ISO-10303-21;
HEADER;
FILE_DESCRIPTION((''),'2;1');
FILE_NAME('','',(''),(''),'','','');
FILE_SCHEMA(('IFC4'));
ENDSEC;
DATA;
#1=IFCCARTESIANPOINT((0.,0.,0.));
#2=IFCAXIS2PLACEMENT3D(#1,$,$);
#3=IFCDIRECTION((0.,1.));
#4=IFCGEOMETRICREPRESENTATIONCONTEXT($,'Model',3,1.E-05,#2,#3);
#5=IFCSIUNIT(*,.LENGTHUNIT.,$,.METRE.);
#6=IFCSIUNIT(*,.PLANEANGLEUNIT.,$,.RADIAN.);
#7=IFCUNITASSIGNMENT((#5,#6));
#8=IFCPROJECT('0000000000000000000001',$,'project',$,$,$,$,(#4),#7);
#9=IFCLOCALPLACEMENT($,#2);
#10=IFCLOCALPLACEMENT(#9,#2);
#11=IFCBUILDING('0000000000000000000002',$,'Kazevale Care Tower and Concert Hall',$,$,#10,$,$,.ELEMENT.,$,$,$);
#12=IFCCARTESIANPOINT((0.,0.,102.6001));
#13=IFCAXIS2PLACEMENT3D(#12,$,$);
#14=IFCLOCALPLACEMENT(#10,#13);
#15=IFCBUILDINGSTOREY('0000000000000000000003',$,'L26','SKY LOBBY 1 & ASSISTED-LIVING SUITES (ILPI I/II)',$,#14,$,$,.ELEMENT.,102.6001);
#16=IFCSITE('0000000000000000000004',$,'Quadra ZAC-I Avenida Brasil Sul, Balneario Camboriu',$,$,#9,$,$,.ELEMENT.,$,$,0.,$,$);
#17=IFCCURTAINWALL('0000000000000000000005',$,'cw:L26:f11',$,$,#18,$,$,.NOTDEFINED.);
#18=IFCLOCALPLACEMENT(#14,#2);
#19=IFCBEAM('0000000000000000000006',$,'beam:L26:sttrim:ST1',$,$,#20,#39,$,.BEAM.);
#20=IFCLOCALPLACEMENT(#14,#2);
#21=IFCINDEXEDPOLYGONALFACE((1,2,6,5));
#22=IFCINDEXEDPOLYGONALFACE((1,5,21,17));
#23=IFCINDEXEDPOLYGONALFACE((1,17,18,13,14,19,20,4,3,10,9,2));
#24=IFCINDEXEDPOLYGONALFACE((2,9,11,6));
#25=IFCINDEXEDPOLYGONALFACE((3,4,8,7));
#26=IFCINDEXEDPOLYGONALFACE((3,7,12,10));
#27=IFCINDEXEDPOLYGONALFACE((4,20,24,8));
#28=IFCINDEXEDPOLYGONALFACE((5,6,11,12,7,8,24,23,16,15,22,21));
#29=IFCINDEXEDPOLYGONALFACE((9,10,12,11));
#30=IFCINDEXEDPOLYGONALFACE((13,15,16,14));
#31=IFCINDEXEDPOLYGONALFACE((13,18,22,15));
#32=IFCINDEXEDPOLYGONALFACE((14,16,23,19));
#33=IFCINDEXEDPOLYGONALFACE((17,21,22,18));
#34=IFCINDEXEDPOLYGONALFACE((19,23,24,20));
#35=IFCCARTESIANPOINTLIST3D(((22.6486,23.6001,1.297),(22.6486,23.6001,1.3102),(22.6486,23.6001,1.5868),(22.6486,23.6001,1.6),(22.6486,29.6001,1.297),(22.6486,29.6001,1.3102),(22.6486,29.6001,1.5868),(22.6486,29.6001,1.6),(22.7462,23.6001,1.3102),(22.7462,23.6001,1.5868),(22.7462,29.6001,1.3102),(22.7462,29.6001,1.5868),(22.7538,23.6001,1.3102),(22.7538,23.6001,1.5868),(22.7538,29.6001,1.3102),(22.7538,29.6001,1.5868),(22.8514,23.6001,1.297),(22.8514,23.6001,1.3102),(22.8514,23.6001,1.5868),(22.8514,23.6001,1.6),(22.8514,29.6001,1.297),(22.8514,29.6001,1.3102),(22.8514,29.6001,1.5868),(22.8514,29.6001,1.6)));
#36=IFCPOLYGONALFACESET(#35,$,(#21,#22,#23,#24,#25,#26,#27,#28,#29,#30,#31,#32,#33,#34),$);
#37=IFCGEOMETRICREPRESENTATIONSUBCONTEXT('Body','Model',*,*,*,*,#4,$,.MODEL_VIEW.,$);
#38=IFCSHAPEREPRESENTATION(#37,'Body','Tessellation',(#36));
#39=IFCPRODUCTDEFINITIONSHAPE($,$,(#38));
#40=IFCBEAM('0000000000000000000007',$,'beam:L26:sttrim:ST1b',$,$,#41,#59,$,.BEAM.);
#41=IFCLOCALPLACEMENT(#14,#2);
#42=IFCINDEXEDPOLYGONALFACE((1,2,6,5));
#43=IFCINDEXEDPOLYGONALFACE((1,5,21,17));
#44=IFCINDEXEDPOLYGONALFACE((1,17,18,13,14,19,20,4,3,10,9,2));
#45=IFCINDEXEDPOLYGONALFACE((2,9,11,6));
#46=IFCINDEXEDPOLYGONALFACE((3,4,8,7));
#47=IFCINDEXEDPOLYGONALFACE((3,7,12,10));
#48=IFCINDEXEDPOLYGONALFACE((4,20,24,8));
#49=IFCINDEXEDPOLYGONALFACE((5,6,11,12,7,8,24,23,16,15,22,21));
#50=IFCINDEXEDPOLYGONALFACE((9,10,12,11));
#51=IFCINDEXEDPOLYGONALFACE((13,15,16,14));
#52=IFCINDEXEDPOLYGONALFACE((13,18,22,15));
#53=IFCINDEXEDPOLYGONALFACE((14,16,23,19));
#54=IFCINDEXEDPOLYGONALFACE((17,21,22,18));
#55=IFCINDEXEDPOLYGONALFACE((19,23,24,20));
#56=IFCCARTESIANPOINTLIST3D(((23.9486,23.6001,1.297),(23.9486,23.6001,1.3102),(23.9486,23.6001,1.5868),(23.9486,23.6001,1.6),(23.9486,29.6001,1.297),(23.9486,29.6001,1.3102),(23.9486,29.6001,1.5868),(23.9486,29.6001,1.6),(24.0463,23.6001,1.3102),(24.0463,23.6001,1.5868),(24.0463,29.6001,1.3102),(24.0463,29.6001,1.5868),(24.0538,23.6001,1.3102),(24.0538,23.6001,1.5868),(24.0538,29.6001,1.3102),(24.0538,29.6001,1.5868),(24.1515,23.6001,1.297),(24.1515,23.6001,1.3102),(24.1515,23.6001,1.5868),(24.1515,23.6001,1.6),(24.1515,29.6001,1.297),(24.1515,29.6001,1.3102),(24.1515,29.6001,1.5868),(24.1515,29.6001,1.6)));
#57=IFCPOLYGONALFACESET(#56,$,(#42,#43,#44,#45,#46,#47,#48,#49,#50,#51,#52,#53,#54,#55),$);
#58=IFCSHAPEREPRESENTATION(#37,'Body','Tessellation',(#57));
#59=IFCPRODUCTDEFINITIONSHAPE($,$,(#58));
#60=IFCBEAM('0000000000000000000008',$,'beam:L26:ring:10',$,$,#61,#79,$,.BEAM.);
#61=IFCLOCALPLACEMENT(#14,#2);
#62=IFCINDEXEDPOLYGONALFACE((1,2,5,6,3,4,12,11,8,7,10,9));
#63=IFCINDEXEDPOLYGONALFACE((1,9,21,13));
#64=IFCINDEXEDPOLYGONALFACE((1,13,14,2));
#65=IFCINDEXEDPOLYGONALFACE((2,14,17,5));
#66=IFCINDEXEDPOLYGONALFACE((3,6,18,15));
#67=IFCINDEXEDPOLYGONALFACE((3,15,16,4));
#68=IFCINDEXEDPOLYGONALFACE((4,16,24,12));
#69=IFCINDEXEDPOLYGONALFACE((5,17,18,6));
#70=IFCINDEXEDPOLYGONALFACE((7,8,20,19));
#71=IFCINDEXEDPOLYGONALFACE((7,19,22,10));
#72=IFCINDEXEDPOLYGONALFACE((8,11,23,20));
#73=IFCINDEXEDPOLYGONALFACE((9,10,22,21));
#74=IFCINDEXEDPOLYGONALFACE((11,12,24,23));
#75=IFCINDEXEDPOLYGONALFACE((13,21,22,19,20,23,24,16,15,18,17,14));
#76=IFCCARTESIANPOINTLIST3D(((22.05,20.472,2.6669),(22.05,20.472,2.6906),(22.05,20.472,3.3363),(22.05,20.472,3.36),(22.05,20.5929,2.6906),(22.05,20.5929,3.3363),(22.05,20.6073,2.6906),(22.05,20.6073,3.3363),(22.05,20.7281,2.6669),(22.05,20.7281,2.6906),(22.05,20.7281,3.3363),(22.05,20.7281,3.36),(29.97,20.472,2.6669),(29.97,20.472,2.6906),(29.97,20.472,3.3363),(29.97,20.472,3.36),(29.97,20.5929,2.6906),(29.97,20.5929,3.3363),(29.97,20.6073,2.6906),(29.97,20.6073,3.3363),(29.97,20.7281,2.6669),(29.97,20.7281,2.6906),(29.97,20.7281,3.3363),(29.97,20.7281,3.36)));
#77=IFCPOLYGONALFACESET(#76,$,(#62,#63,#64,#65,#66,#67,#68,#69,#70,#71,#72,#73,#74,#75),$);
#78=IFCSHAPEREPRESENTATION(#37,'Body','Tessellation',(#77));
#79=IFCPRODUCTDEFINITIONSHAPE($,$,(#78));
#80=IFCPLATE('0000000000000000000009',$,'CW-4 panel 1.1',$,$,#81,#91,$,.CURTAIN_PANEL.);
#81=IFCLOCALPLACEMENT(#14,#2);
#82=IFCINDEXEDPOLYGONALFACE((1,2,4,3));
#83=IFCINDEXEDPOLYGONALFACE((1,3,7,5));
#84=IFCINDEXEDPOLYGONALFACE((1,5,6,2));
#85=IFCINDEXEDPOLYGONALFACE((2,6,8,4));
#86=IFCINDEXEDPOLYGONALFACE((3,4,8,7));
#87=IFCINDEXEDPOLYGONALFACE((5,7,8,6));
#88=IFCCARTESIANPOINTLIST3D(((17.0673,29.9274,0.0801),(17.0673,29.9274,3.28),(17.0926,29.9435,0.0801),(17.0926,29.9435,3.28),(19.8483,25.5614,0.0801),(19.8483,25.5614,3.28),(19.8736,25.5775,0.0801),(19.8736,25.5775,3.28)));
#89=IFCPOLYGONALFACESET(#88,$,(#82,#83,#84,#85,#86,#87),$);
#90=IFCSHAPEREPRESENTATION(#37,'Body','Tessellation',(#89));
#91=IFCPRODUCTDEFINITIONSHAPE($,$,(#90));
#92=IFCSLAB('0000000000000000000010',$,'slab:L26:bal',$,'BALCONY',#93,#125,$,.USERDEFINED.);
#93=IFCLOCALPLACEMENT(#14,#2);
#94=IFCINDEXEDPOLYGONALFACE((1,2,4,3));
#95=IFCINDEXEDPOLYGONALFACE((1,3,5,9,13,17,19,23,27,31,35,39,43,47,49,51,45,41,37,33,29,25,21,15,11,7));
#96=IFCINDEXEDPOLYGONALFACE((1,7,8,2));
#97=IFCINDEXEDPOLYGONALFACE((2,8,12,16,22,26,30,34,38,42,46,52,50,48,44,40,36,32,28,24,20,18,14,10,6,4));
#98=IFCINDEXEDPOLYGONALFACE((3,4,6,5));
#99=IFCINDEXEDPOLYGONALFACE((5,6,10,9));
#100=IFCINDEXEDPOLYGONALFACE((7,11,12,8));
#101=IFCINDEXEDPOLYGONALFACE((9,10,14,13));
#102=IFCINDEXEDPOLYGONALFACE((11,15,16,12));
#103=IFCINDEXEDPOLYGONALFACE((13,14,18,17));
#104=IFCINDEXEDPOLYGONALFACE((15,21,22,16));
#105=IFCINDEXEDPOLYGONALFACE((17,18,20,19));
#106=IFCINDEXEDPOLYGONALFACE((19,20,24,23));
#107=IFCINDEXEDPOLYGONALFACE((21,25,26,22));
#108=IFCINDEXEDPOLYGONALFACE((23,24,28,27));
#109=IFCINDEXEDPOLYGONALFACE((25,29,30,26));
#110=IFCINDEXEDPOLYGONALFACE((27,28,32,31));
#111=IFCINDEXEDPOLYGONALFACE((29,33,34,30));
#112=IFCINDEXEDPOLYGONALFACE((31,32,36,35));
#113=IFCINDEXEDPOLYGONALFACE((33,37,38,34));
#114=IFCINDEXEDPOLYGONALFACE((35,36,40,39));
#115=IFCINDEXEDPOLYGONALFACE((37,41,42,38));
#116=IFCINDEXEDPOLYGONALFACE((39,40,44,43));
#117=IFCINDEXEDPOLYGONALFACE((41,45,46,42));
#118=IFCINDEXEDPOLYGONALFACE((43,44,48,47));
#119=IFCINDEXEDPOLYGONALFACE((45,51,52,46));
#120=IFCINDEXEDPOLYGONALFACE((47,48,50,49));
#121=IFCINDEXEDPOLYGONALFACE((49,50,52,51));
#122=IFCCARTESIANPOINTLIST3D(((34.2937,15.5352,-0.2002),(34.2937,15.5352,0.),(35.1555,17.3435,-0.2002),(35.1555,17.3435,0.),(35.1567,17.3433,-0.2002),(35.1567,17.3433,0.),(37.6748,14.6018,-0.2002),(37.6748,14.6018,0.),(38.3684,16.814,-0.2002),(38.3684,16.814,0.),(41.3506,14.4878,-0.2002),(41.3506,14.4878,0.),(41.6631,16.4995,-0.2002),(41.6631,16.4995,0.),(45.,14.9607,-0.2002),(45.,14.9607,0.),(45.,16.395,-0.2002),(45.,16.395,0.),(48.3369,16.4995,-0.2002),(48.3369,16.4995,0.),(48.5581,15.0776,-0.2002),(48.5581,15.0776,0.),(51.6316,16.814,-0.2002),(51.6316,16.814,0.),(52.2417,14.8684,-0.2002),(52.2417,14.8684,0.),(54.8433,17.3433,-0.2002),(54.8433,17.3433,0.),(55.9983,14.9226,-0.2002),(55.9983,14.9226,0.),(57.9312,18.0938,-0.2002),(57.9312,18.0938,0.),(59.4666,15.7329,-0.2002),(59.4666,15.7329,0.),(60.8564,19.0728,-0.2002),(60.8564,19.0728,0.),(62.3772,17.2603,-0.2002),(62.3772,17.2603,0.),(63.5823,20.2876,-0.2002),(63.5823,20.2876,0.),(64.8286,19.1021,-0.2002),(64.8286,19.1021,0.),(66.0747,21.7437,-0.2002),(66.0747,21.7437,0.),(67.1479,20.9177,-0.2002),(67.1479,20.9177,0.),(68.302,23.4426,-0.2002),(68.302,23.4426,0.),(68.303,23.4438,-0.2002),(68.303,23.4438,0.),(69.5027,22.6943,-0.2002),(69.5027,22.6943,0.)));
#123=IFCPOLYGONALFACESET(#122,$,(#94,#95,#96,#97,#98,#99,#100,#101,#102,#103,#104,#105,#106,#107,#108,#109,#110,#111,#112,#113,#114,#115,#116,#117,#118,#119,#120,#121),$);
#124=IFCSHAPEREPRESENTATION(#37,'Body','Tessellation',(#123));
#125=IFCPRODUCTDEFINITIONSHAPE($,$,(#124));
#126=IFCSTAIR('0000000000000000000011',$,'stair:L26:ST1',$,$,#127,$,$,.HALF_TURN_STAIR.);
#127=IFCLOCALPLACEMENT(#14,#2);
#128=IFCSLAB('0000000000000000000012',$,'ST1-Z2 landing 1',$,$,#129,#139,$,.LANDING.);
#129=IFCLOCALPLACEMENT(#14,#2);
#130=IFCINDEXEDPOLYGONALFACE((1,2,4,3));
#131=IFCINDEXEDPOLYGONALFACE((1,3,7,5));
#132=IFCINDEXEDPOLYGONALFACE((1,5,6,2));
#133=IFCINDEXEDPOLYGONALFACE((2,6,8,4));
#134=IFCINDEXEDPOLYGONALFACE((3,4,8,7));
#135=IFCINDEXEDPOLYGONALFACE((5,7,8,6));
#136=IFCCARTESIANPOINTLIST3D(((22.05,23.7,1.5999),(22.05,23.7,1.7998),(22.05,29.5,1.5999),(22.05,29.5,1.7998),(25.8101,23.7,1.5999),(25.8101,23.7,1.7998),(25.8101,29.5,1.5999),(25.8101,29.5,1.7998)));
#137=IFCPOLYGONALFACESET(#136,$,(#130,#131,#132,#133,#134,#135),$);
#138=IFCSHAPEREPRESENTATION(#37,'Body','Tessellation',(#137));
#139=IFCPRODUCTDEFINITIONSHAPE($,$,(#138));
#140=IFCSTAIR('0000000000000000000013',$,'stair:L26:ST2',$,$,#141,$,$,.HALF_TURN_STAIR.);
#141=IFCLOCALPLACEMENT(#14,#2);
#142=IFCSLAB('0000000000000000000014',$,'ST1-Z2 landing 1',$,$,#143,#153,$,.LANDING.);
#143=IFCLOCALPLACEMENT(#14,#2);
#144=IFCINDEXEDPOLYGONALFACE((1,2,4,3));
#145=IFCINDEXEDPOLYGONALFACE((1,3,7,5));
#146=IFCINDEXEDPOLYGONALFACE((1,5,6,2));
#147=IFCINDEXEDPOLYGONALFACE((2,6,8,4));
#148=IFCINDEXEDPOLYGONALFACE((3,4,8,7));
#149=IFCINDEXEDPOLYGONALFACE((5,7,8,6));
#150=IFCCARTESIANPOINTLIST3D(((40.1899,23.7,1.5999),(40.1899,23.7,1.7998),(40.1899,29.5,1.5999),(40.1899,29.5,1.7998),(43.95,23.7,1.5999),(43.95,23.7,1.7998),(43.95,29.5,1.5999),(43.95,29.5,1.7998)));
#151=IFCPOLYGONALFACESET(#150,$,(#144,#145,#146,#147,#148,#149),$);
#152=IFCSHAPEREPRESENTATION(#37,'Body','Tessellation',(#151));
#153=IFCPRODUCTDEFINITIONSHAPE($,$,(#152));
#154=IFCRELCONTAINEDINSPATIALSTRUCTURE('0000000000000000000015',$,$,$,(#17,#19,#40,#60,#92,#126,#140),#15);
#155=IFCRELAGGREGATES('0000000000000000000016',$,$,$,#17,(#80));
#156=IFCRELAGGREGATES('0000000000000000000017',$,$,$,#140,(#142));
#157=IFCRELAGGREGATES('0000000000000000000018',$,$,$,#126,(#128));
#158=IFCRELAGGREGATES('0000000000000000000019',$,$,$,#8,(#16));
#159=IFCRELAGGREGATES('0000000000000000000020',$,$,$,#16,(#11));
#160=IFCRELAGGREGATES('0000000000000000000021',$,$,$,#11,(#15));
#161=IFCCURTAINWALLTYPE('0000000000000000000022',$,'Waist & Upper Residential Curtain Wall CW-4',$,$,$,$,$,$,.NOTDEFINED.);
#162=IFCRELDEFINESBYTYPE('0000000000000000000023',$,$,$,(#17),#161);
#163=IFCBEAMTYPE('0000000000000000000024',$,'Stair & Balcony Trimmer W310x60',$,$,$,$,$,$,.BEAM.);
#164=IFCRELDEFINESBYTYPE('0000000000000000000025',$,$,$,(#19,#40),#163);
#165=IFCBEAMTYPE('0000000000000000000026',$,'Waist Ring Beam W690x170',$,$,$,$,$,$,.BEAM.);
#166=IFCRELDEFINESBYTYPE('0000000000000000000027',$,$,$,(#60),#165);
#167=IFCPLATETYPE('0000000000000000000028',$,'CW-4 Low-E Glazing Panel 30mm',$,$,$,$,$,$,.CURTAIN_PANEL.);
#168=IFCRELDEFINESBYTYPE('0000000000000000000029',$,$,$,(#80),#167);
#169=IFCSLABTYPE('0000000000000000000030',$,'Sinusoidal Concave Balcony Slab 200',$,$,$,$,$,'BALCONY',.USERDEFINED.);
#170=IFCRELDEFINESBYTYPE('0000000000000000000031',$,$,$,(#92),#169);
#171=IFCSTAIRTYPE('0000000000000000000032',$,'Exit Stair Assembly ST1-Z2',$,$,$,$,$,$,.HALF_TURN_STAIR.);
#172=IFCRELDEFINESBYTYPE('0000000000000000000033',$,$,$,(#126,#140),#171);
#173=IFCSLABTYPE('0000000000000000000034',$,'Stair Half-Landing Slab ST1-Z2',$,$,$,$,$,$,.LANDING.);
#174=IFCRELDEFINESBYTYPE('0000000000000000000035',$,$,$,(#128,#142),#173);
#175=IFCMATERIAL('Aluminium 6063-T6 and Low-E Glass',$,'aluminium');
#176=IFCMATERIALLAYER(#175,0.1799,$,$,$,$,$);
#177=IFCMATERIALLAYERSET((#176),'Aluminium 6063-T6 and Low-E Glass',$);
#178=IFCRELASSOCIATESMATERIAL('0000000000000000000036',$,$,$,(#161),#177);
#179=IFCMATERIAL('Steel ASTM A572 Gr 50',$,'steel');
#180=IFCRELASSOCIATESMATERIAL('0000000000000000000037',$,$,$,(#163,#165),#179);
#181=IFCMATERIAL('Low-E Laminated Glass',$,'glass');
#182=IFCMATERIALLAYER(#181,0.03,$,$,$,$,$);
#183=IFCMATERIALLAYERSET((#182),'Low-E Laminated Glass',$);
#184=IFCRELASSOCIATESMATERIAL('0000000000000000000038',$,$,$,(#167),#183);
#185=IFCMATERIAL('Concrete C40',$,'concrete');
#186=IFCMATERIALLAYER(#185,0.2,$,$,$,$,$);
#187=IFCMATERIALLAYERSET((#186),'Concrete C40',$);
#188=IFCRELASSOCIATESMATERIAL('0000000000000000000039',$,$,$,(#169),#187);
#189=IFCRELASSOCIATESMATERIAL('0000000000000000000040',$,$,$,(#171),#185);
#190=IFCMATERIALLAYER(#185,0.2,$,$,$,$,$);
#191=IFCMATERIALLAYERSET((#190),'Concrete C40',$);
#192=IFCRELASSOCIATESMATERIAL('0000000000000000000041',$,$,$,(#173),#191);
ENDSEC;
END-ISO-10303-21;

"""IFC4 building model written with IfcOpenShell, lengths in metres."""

from ifc_helpers import new_model, si_unit, direction, frame, origin, origin_2d, place, context, subcontext, project, spatial, polyline, rectangle, i_section, outline, extrude, material, layer, layer_set, material_profile, profile_set, type_object, element, aggregate, save


model = new_model("IFC4")

# Units and contexts
model_context = context("Model", 3, precision=1e-05, world=origin(), true_north=direction((0.0, 1.0)))
body_context = subcontext(model_context, "Body", "Model", "MODEL_VIEW")
ifc_project = project(units=[si_unit("LENGTHUNIT", "METRE"), si_unit("PLANEANGLEUNIT", "RADIAN")], contexts=[model_context])

# Site, building, storey
site_placement = place(None, origin())
site = spatial("IfcSite", under=ifc_project, at=site_placement, Name="Quadra ZAC-I Avenida Brasil Sul, Balneario Camboriu", CompositionType="ELEMENT", RefElevation=0.0)
building_placement = place(site_placement, origin())
building = spatial("IfcBuilding", under=site, at=building_placement, Name="Kazevale Care Tower and Concert Hall", CompositionType="ELEMENT")
storey_placement = place(building_placement, frame((0.0, 0.0, 102.6001)))
storey = spatial("IfcBuildingStorey", under=building, at=storey_placement, Name="L26", Description="SKY LOBBY 1 & ASSISTED-LIVING SUITES (ILPI I/II)", CompositionType="ELEMENT", Elevation=102.6001)

# Curtain wall
ifc_material_1 = material(Name="Aluminium 6063-T6 and Low-E Glass", Category="aluminium")
ifc_layer_1 = layer(ifc_material_1, 0.1799)
ifc_layer_set_1 = layer_set([ifc_layer_1], Name="Aluminium 6063-T6 and Low-E Glass")
curtain_wall_type_1 = type_object("IfcCurtainWallType", Name="Waist & Upper Residential Curtain Wall CW-4", PredefinedType="NOTDEFINED", material=ifc_layer_set_1)
curtain_wall_1_placement = place(storey_placement, origin())
curtain_wall_1 = element("IfcCurtainWall", 1, at=curtain_wall_1_placement, inside=storey, type_object=curtain_wall_type_1, Name="cw:L26:f11", PredefinedType="NOTDEFINED")

# Beams
ifc_material_2 = material(Name="Steel ASTM A572 Gr 50", Category="steel")
ifc_material_profile_1 = material_profile(ifc_material_2, i_section(OverallWidth=0.2029, OverallDepth=0.303, WebThickness=0.0076, FlangeThickness=0.0132, at=origin_2d()), Name="W310x60")
ifc_profile_set_1 = profile_set([ifc_material_profile_1], Name="Steel ASTM A572 Gr 50")
beam_type_1 = type_object("IfcBeamType", Name="Stair & Balcony Trimmer W310x60", PredefinedType="BEAM", material=ifc_profile_set_1)
for number, where, z_axis, x_axis, name in (
    (2, (22.75, 23.6001, 1.4485), (0.0, 1.0, 0.0), (-1.0, 0.0, 0.0), "beam:L26:sttrim:ST1"),
    (3, (24.05, 23.6001, 1.4485), (0.0, 1.0, 0.0), (-1.0, 0.0, 0.0), "beam:L26:sttrim:ST1b"),
):
    element("IfcBeam", number, at=place(storey_placement, frame(where, z_axis=z_axis, x_axis=x_axis)), inside=storey, type_object=beam_type_1, Name=name, PredefinedType="BEAM", context=body_context, shape_type="SweptSolid", body=[
        extrude(i_section(OverallWidth=0.2029, OverallDepth=0.303, WebThickness=0.0076, FlangeThickness=0.0132, at=origin_2d()), origin(), (0.0, 0.0, 1.0), 6.0),
    ])
ifc_material_profile_2 = material_profile(ifc_material_2, i_section(OverallWidth=0.2561, OverallDepth=0.6931, WebThickness=0.0144, FlangeThickness=0.0237, at=origin_2d()), Name="W690x170")
ifc_profile_set_2 = profile_set([ifc_material_profile_2], Name="Steel ASTM A572 Gr 50")
beam_type_2 = type_object("IfcBeamType", Name="Waist Ring Beam W690x170", PredefinedType="BEAM", material=ifc_profile_set_2)
beam_1_placement = place(storey_placement, frame((22.05, 20.6001, 3.0134), z_axis=(1.0, 0.0, 0.0), x_axis=(0.0, 1.0, 0.0)))
element("IfcBeam", 4, at=beam_1_placement, inside=storey, type_object=beam_type_2, Name="beam:L26:ring:10", PredefinedType="BEAM", context=body_context, shape_type="SweptSolid", body=[
    extrude(i_section(OverallWidth=0.2561, OverallDepth=0.6931, WebThickness=0.0144, FlangeThickness=0.0237, at=origin_2d()), origin(), (0.0, 0.0, 1.0), 7.9199),
])

# Plate
ifc_material_3 = material(Name="Low-E Laminated Glass", Category="glass")
ifc_layer_2 = layer(ifc_material_3, 0.03)
ifc_layer_set_2 = layer_set([ifc_layer_2], Name="Low-E Laminated Glass")
plate_type = type_object("IfcPlateType", Name="CW-4 Low-E Glazing Panel 30mm", PredefinedType="CURTAIN_PANEL", material=ifc_layer_set_2)
plate_placement = place(storey_placement, frame((18.4705, 27.7524, 0.0801), z_axis=(0.0, 0.0, 1.0), x_axis=(-0.537239, 0.84343, 0.0)))
plate = element("IfcPlate", 5, at=plate_placement, type_object=plate_type, Name="CW-4 panel 1.1", PredefinedType="CURTAIN_PANEL", context=body_context, shape_type="SweptSolid", body=[
    extrude(rectangle(XDim=5.1765, YDim=0.03, at=origin_2d()), origin(), (0.0, 0.0, 1.0), 3.2),
])
aggregate(curtain_wall_1, [plate])

# Slab
ifc_material_4 = material(Name="Concrete C40", Category="concrete")
ifc_layer_3 = layer(ifc_material_4, 0.2)
ifc_layer_set_3 = layer_set([ifc_layer_3], Name="Concrete C40")
slab_type_1 = type_object("IfcSlabType", Name="Sinusoidal Concave Balcony Slab 200", ElementType="BALCONY", PredefinedType="USERDEFINED", material=ifc_layer_set_3)
slab_1_placement = place(storey_placement, frame((0.0, 0.0, -0.2002)))
element("IfcSlab", 6, at=slab_1_placement, inside=storey, type_object=slab_type_1, Name="slab:L26:bal", ObjectType="BALCONY", PredefinedType="USERDEFINED", context=body_context, shape_type="SweptSolid", body=[
    extrude(outline(polyline([(69.5027, 22.6943), (67.1479, 20.9177), (64.8286, 19.1021), (62.3772, 17.2603), (59.4666, 15.7329), (55.9983, 14.9226), (52.2417, 14.8684), (48.5581, 15.0776), (45.0, 14.9607), (41.3506, 14.4878), (37.6748, 14.6018), (34.2937, 15.5352), (35.1555, 17.3435), (35.1567, 17.3433), (38.3684, 16.814), (41.6631, 16.4995), (45.0, 16.395), (48.3369, 16.4995), (51.6316, 16.814), (54.8433, 17.3433), (57.9312, 18.0938), (60.8564, 19.0728), (63.5823, 20.2876), (66.0747, 21.7437), (68.302, 23.4426), (68.303, 23.4438), (69.5027, 22.6943)])), origin(), (0.0, 0.0, 1.0), 0.2002),
])

# Stairs, slabs
stair_type = type_object("IfcStairType", Name="Exit Stair Assembly ST1-Z2", PredefinedType="HALF_TURN_STAIR", material=ifc_material_4)
stair_1_placement = place(storey_placement, origin())
stair_1 = element("IfcStair", 7, at=stair_1_placement, inside=storey, type_object=stair_type, Name="stair:L26:ST1", PredefinedType="HALF_TURN_STAIR")
ifc_layer_4 = layer(ifc_material_4, 0.2)
ifc_layer_set_4 = layer_set([ifc_layer_4], Name="Concrete C40")
slab_type_2 = type_object("IfcSlabType", Name="Stair Half-Landing Slab ST1-Z2", PredefinedType="LANDING", material=ifc_layer_set_4)
slab_2_placement = place(storey_placement, frame((0.0, 0.0, 1.5999)))
slab_2 = element("IfcSlab", 8, at=slab_2_placement, type_object=slab_type_2, Name="ST1-Z2 landing 1", PredefinedType="LANDING", context=body_context, shape_type="SweptSolid", body=[
    extrude(outline(polyline([(22.05, 23.7), (25.8101, 23.7), (25.8101, 29.5), (22.05, 29.5), (22.05, 23.7)])), origin(), (0.0, 0.0, 1.0), 0.2),
])
stair_2_placement = place(storey_placement, origin())
stair_2 = element("IfcStair", 9, at=stair_2_placement, inside=storey, type_object=stair_type, Name="stair:L26:ST2", PredefinedType="HALF_TURN_STAIR")
slab_3_placement = place(storey_placement, frame((0.0, 0.0, 1.5999)))
slab_3 = element("IfcSlab", 10, at=slab_3_placement, type_object=slab_type_2, Name="ST1-Z2 landing 1", PredefinedType="LANDING", context=body_context, shape_type="SweptSolid", body=[
    extrude(outline(polyline([(40.1899, 23.7), (43.95, 23.7), (43.95, 29.5), (40.1899, 29.5), (40.1899, 23.7)])), origin(), (0.0, 0.0, 1.0), 0.2),
])
aggregate(stair_2, [slab_3])

aggregate(stair_1, [slab_2])

save(model, "model.ifc")
